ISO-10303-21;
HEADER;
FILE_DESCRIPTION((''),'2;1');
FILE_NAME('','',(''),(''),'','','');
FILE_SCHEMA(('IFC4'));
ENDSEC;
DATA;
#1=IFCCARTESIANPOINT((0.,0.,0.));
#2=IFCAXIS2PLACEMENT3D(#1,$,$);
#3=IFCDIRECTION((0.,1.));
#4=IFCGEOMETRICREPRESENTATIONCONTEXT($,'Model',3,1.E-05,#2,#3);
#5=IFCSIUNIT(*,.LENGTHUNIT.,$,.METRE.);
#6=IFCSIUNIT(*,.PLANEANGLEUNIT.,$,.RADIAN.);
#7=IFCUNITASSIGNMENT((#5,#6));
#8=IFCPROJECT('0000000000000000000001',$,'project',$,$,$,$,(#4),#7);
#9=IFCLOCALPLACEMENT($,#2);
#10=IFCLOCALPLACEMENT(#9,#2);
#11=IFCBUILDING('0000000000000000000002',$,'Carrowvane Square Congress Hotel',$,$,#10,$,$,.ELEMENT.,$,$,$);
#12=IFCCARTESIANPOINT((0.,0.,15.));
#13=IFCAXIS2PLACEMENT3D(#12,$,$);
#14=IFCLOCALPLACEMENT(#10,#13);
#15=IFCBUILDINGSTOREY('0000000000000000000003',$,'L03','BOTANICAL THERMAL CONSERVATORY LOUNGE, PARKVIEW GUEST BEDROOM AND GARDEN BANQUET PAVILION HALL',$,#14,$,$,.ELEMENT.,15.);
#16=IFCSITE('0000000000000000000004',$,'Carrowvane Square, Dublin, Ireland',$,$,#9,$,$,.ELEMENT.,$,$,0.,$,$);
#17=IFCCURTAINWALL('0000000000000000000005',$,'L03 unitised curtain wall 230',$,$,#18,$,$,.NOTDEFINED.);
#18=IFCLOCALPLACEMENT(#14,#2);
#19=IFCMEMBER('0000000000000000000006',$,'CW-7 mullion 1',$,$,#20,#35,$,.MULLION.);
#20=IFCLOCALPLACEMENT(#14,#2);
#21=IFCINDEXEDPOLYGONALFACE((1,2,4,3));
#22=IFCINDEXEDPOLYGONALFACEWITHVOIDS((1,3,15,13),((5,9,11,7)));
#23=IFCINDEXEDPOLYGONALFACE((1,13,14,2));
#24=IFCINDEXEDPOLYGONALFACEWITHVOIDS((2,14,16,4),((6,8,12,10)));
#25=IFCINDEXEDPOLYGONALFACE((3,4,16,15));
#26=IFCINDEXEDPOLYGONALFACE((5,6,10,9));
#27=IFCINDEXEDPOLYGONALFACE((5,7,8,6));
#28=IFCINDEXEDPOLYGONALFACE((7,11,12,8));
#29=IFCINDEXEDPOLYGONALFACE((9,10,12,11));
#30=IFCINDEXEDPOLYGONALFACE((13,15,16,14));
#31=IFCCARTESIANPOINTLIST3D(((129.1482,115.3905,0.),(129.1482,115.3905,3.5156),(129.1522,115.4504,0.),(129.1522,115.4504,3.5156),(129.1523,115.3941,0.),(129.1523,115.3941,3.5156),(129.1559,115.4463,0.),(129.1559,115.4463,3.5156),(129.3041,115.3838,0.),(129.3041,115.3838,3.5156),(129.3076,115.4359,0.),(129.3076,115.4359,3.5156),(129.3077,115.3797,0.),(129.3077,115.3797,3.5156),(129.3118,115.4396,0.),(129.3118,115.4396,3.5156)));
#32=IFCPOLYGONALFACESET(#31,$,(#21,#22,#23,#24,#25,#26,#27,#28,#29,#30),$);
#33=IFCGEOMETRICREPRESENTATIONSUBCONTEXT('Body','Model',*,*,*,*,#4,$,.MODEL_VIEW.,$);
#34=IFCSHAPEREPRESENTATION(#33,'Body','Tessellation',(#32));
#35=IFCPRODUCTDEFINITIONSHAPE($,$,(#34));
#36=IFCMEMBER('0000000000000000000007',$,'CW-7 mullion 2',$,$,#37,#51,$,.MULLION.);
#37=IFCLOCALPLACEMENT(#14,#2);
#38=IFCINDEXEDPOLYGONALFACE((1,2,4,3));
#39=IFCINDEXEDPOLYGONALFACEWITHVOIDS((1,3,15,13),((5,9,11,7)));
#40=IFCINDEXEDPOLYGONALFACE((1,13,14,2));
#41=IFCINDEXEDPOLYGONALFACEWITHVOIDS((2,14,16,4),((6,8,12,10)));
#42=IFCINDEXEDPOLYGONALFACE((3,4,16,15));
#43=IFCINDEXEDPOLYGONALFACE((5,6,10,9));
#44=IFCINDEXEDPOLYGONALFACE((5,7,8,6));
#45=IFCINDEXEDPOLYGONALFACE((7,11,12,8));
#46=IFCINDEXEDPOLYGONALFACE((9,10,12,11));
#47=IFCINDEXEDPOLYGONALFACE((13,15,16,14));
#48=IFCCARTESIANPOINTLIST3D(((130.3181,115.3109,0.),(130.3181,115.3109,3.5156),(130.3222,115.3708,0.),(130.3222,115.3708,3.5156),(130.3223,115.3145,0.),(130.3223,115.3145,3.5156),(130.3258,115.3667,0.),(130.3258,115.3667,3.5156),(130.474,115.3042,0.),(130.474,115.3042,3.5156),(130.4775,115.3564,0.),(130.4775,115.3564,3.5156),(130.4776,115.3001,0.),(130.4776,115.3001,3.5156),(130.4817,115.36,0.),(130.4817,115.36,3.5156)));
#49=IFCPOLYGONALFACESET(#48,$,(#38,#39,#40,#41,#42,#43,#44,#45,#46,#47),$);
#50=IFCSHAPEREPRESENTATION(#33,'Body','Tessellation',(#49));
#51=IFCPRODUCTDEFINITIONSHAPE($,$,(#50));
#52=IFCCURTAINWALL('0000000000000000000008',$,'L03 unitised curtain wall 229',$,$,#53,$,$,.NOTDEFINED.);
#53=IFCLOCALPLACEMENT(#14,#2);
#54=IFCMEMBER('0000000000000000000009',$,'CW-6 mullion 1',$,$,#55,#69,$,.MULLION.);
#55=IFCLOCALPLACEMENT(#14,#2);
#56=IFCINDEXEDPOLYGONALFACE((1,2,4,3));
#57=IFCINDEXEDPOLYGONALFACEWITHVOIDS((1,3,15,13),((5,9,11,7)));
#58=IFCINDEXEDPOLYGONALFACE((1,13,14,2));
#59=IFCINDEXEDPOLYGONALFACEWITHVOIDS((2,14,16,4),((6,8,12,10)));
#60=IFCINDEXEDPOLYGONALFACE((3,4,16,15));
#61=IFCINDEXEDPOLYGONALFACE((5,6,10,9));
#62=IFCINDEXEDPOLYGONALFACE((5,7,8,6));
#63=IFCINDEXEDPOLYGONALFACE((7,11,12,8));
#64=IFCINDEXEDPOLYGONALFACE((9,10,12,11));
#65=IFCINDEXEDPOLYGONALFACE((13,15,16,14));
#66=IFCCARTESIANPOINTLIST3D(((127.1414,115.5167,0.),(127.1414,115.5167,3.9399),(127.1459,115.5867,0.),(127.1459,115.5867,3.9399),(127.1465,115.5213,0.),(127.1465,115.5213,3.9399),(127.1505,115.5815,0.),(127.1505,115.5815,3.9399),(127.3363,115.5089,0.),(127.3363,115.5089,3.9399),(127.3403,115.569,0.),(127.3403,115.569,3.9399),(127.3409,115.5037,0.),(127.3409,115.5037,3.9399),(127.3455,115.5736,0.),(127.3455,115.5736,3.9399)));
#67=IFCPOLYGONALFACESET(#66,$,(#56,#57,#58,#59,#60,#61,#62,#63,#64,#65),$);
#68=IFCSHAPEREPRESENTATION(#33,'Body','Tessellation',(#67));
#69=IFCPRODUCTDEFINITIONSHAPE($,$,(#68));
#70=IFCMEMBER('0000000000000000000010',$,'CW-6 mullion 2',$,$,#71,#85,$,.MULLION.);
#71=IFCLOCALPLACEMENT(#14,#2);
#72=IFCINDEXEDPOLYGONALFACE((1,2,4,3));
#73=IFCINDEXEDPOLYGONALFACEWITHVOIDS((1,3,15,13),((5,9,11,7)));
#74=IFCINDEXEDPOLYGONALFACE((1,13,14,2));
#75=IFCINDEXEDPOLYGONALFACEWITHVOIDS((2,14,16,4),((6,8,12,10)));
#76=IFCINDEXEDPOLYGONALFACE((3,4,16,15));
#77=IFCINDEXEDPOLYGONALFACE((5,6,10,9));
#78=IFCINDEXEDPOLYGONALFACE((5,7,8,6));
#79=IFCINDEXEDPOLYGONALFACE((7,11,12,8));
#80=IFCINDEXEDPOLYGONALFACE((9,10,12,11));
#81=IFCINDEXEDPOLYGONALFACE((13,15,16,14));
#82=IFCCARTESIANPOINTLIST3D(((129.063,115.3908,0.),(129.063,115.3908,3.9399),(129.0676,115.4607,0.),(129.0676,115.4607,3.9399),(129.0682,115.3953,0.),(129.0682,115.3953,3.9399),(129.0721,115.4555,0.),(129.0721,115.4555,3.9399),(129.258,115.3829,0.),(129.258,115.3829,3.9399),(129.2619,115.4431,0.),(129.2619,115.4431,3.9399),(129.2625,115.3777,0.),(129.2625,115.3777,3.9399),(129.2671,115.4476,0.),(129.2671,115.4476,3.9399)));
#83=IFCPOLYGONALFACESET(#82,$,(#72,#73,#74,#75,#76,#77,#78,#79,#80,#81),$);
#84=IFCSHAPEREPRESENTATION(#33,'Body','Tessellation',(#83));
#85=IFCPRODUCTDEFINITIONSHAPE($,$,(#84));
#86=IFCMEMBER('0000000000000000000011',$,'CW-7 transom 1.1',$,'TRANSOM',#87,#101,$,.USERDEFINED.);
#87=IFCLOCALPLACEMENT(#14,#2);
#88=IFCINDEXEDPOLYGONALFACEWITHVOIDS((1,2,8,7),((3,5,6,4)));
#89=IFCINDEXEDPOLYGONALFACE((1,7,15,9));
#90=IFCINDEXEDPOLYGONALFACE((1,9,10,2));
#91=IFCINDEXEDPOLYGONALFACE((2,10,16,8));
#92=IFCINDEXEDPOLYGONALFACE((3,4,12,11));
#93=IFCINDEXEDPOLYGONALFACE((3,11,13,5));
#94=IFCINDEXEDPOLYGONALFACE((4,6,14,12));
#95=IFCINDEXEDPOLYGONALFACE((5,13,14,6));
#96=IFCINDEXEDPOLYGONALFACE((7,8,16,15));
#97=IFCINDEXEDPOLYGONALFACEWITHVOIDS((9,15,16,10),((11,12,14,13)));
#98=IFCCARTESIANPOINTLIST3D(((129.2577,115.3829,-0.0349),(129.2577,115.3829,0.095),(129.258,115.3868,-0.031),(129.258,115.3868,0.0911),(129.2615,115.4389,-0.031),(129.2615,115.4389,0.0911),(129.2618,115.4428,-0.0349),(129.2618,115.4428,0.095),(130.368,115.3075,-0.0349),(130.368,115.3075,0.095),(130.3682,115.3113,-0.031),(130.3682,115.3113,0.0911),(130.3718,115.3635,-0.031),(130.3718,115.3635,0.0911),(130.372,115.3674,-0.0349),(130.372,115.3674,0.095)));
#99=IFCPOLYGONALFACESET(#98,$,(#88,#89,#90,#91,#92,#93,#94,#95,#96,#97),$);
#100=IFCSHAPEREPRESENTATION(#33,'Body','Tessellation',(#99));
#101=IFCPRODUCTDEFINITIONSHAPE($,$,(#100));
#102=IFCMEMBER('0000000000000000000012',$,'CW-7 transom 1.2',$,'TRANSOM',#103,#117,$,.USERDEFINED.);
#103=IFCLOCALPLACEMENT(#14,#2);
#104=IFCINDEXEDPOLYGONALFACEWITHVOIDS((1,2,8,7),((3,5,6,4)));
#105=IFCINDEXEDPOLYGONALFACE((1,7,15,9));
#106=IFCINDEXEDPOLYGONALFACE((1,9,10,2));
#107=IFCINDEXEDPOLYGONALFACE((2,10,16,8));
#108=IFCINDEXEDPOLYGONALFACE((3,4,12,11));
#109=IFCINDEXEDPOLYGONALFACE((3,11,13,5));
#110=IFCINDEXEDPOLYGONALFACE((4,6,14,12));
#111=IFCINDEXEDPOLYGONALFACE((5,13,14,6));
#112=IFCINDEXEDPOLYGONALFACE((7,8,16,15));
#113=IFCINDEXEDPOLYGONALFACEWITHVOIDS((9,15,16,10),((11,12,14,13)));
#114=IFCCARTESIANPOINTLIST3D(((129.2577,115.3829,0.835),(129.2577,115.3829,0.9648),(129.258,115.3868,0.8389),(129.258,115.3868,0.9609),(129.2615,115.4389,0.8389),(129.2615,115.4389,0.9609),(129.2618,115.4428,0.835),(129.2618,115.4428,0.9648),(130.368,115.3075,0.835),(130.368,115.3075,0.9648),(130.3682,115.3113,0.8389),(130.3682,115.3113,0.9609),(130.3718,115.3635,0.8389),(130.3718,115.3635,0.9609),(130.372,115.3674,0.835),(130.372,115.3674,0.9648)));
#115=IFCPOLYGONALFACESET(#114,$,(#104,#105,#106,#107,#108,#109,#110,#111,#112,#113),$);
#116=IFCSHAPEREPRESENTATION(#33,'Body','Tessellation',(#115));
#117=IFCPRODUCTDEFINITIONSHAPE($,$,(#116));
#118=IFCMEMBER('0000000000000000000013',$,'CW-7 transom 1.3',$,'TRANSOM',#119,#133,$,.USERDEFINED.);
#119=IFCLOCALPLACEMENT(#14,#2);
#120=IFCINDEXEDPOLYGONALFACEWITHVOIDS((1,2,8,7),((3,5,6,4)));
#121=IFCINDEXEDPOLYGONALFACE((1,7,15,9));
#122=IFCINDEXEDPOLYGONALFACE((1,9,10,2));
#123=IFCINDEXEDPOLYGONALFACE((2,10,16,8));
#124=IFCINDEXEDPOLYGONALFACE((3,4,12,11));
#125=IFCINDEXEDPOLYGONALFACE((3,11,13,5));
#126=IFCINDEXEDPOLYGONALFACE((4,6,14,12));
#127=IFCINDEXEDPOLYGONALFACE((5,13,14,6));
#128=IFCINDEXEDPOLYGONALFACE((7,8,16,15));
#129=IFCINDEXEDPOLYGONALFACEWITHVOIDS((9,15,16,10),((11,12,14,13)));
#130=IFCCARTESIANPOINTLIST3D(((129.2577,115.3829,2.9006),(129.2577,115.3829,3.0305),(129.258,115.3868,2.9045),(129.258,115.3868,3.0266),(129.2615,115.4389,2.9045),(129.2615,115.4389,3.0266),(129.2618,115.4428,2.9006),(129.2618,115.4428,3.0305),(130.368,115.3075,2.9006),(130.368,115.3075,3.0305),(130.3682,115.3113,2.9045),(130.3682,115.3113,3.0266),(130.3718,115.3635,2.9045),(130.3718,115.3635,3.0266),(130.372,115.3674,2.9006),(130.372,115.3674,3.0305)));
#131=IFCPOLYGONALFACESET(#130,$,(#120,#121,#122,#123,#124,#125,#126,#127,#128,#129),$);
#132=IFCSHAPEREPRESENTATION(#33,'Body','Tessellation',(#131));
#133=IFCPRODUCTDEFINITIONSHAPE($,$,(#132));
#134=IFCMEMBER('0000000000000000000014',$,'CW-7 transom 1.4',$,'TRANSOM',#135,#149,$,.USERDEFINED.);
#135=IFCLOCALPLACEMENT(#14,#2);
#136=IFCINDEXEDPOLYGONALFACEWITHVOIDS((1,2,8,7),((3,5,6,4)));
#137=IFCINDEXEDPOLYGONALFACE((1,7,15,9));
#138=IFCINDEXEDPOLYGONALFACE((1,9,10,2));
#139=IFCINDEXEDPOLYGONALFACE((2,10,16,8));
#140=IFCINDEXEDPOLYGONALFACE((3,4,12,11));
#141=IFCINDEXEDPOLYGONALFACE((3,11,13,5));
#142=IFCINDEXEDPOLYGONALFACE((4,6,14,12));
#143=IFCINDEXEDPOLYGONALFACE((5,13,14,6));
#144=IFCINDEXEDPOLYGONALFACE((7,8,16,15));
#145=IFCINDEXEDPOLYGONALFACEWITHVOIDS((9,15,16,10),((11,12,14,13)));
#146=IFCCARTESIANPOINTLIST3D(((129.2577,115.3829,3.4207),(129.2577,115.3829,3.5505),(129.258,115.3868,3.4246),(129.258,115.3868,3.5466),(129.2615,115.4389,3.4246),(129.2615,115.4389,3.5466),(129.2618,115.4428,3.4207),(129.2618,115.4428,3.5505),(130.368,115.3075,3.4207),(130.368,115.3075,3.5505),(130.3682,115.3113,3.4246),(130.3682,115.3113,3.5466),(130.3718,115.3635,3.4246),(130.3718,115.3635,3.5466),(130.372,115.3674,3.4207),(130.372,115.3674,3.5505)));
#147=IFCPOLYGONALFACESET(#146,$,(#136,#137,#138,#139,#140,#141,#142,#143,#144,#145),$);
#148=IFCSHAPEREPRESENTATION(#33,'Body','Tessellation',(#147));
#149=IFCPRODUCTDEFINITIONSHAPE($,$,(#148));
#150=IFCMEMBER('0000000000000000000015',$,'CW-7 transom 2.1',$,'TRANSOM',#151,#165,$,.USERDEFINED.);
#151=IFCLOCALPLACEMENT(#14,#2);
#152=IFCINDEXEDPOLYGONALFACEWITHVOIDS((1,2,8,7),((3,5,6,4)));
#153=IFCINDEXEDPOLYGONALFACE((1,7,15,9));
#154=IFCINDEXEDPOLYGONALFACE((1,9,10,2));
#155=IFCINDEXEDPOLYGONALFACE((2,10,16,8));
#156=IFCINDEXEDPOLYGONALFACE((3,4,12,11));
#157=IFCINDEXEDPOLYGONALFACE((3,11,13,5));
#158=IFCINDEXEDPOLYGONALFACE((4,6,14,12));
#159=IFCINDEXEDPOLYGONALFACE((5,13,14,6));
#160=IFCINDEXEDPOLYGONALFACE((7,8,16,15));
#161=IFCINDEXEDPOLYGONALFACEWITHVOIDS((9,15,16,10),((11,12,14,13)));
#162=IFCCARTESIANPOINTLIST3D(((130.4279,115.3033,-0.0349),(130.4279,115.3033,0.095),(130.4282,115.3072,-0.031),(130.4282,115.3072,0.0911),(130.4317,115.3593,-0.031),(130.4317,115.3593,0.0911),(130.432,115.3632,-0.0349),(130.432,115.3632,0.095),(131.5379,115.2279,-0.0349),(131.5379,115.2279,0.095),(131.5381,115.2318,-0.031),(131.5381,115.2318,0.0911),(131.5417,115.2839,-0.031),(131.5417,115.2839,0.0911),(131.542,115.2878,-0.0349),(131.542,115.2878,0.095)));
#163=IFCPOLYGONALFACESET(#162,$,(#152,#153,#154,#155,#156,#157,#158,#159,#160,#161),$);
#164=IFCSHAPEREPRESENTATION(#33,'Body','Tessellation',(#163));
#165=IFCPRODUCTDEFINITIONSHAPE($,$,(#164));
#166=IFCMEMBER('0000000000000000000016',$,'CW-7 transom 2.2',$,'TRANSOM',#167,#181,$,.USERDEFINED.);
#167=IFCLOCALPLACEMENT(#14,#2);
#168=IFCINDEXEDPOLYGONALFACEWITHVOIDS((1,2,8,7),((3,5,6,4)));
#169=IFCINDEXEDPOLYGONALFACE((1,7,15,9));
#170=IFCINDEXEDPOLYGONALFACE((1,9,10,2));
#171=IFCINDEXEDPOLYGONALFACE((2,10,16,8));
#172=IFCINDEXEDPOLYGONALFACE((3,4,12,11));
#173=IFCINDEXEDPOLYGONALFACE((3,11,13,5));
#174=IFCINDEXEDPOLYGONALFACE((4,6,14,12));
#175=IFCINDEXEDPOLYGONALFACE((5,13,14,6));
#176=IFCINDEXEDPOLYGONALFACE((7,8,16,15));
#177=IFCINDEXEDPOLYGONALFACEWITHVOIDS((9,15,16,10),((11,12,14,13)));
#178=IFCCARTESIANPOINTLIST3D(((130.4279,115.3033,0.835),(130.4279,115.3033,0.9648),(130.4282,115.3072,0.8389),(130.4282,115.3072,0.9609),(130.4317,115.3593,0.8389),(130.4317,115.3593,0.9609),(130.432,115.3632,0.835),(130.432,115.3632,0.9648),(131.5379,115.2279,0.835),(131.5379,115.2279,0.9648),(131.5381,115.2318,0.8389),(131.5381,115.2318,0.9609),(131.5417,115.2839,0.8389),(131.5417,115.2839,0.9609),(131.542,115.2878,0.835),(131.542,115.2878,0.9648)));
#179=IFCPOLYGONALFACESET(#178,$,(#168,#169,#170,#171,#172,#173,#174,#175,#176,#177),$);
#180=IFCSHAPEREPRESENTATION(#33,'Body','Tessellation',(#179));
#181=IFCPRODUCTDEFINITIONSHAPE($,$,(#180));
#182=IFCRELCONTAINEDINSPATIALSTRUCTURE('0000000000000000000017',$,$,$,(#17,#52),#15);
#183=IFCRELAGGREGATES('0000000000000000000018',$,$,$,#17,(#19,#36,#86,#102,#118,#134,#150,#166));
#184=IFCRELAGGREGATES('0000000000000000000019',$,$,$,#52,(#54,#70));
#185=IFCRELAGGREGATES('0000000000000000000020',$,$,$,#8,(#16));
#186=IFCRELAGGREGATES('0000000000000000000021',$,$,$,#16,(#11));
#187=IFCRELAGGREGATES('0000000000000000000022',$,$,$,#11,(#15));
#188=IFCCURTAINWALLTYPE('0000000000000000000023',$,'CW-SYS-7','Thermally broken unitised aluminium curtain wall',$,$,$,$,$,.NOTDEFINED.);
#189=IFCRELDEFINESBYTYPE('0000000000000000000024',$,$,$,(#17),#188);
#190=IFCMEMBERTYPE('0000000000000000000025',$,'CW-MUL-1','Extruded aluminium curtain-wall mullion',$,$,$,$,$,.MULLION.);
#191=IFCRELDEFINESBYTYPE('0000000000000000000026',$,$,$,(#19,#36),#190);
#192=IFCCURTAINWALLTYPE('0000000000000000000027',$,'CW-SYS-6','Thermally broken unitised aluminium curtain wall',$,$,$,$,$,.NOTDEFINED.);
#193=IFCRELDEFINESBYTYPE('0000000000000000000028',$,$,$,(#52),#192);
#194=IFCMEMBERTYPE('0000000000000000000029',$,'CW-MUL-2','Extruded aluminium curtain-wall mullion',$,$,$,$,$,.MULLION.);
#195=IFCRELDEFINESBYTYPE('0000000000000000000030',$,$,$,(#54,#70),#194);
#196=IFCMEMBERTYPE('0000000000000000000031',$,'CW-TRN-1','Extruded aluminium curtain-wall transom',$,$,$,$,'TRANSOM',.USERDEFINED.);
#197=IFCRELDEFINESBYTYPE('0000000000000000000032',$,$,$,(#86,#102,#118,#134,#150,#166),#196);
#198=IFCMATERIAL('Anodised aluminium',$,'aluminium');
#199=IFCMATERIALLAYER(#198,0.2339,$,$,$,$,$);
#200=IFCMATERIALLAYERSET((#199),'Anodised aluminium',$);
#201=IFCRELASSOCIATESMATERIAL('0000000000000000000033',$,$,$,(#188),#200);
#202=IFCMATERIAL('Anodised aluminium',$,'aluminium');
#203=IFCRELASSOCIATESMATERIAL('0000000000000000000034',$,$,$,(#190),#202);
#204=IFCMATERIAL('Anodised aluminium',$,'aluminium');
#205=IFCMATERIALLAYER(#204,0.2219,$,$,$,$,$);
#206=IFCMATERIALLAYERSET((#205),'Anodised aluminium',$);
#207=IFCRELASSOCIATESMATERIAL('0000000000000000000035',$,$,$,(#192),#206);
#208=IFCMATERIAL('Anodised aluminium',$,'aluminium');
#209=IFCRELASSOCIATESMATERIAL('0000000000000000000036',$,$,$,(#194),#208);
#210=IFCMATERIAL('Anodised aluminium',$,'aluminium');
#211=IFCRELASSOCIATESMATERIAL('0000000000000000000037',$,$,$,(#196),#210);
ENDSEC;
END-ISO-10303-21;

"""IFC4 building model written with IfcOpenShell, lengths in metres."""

from ifc_helpers import new_model, si_unit, direction, frame, origin, origin_2d, place, context, subcontext, project, spatial, hollow_rectangle, extrude, material, layer, layer_set, material_profile, profile_set, type_object, element, aggregate, save


model = new_model("IFC4")

# Units and contexts
model_context = context("Model", 3, precision=1e-05, world=origin(), true_north=direction((0.0, 1.0)))
body_context = subcontext(model_context, "Body", "Model", "MODEL_VIEW")
ifc_project = project(units=[si_unit("LENGTHUNIT", "METRE"), si_unit("PLANEANGLEUNIT", "RADIAN")], contexts=[model_context])

# Site, building, storey
site_placement = place(None, origin())
site = spatial("IfcSite", under=ifc_project, at=site_placement, Name="Carrowvane Square, Dublin, Ireland", CompositionType="ELEMENT", RefElevation=0.0)
building_placement = place(site_placement, origin())
building = spatial("IfcBuilding", under=site, at=building_placement, Name="Carrowvane Square Congress Hotel", CompositionType="ELEMENT")
storey_placement = place(building_placement, frame((0.0, 0.0, 15.0)))
storey = spatial("IfcBuildingStorey", under=building, at=storey_placement, Name="L03", Description="BOTANICAL THERMAL CONSERVATORY LOUNGE, PARKVIEW GUEST BEDROOM AND GARDEN BANQUET PAVILION HALL", CompositionType="ELEMENT", Elevation=15.0)

# Curtain walls, members
ifc_material_1 = material(Name="Anodised aluminium", Category="aluminium")
ifc_layer_1 = layer(ifc_material_1, 0.2339)
ifc_layer_set_1 = layer_set([ifc_layer_1], Name="Anodised aluminium")
curtain_wall_type_1 = type_object("IfcCurtainWallType", Name="CW-SYS-7", Description="Thermally broken unitised aluminium curtain wall", PredefinedType="NOTDEFINED", material=ifc_layer_set_1)
curtain_wall_1_placement = place(storey_placement, origin())
curtain_wall_1 = element("IfcCurtainWall", 1, at=curtain_wall_1_placement, inside=storey, type_object=curtain_wall_type_1, Name="L03 unitised curtain wall 230", PredefinedType="NOTDEFINED")
ifc_material_2 = material(Name="Anodised aluminium", Category="aluminium")
ifc_material_profile_1 = material_profile(ifc_material_2, hollow_rectangle(XDim=0.0601, YDim=0.1599, WallThickness=0.0039, at=origin_2d()), Name="CW-ML 60x160x4")
ifc_profile_set_1 = profile_set([ifc_material_profile_1], Name="Anodised aluminium")
member_type_1 = type_object("IfcMemberType", Name="CW-MUL-1", Description="Extruded aluminium curtain-wall mullion", PredefinedType="MULLION", material=ifc_profile_set_1)
member_1_placement = place(storey_placement, frame((129.23, 115.415, 0.0), z_axis=(0.0, 0.0, 1.0), x_axis=(0.06787, 0.997694, 0.0)))
member_1 = element("IfcMember", 2, at=member_1_placement, type_object=member_type_1, Name="CW-7 mullion 1", PredefinedType="MULLION", context=body_context, shape_type="SweptSolid", body=[
    extrude(hollow_rectangle(XDim=0.0601, YDim=0.1599, WallThickness=0.0039, at=origin_2d()), origin(), (0.0, 0.0, 1.0), 3.5156),
])
member_2_placement = place(storey_placement, frame((130.3999, 115.3354, 0.0), z_axis=(0.0, 0.0, 1.0), x_axis=(0.06787, 0.997694, 0.0)))
member_2 = element("IfcMember", 3, at=member_2_placement, type_object=member_type_1, Name="CW-7 mullion 2", PredefinedType="MULLION", context=body_context, shape_type="SweptSolid", body=[
    extrude(hollow_rectangle(XDim=0.0601, YDim=0.1599, WallThickness=0.0039, at=origin_2d()), origin(), (0.0, 0.0, 1.0), 3.5156),
])
ifc_material_3 = material(Name="Anodised aluminium", Category="aluminium")
ifc_layer_2 = layer(ifc_material_3, 0.2219)
ifc_layer_set_2 = layer_set([ifc_layer_2], Name="Anodised aluminium")
curtain_wall_type_2 = type_object("IfcCurtainWallType", Name="CW-SYS-6", Description="Thermally broken unitised aluminium curtain wall", PredefinedType="NOTDEFINED", material=ifc_layer_set_2)
curtain_wall_2_placement = place(storey_placement, origin())
curtain_wall_2 = element("IfcCurtainWall", 4, at=curtain_wall_2_placement, inside=storey, type_object=curtain_wall_type_2, Name="L03 unitised curtain wall 229", PredefinedType="NOTDEFINED")
ifc_material_4 = material(Name="Anodised aluminium", Category="aluminium")
ifc_material_profile_2 = material_profile(ifc_material_4, hollow_rectangle(XDim=0.0701, YDim=0.2, WallThickness=0.0049, at=origin_2d()), Name="CW-ML 70x200x5")
ifc_profile_set_2 = profile_set([ifc_material_profile_2], Name="Anodised aluminium")
member_type_2 = type_object("IfcMemberType", Name="CW-MUL-2", Description="Extruded aluminium curtain-wall mullion", PredefinedType="MULLION", material=ifc_profile_set_2)
member_3_placement = place(storey_placement, frame((127.2434, 115.5452, 0.0), z_axis=(0.0, 0.0, 1.0), x_axis=(0.065414, 0.997858, 0.0)))
member_3 = element("IfcMember", 5, at=member_3_placement, type_object=member_type_2, Name="CW-6 mullion 1", PredefinedType="MULLION", context=body_context, shape_type="SweptSolid", body=[
    extrude(hollow_rectangle(XDim=0.0701, YDim=0.2, WallThickness=0.0049, at=origin_2d()), origin(), (0.0, 0.0, 1.0), 3.9399),
])
member_4_placement = place(storey_placement, frame((129.165, 115.4192, 0.0), z_axis=(0.0, 0.0, 1.0), x_axis=(0.065414, 0.997858, 0.0)))
member_4 = element("IfcMember", 6, at=member_4_placement, type_object=member_type_2, Name="CW-6 mullion 2", PredefinedType="MULLION", context=body_context, shape_type="SweptSolid", body=[
    extrude(hollow_rectangle(XDim=0.0701, YDim=0.2, WallThickness=0.0049, at=origin_2d()), origin(), (0.0, 0.0, 1.0), 3.9399),
])

# Members
ifc_material_5 = material(Name="Anodised aluminium", Category="aluminium")
ifc_material_profile_3 = material_profile(ifc_material_5, hollow_rectangle(XDim=0.0601, YDim=0.1299, WallThickness=0.0039, at=origin_2d()), Name="CW-TR 60x130x4")
ifc_profile_set_3 = profile_set([ifc_material_profile_3], Name="Anodised aluminium")
member_type_3 = type_object("IfcMemberType", Name="CW-TRN-1", Description="Extruded aluminium curtain-wall transom", ElementType="TRANSOM", PredefinedType="USERDEFINED", material=ifc_profile_set_3)
member_5_placement = place(storey_placement, frame((129.2598, 115.4128, 0.03), z_axis=(0.9977, -0.067786, 0.0), x_axis=(0.067786, 0.9977, 0.0)))
member_5 = element("IfcMember", 7, at=member_5_placement, type_object=member_type_3, Name="CW-7 transom 1.1", ObjectType="TRANSOM", PredefinedType="USERDEFINED", context=body_context, shape_type="SweptSolid", body=[
    extrude(hollow_rectangle(XDim=0.0601, YDim=0.1299, WallThickness=0.0039, at=origin_2d()), origin(), (0.0, 0.0, 1.0), 1.1128),
])
member_6_placement = place(storey_placement, frame((129.2598, 115.4128, 0.8999), z_axis=(0.9977, -0.067786, 0.0), x_axis=(0.067786, 0.9977, 0.0)))
member_6 = element("IfcMember", 8, at=member_6_placement, type_object=member_type_3, Name="CW-7 transom 1.2", ObjectType="TRANSOM", PredefinedType="USERDEFINED", context=body_context, shape_type="SweptSolid", body=[
    extrude(hollow_rectangle(XDim=0.0601, YDim=0.1299, WallThickness=0.0039, at=origin_2d()), origin(), (0.0, 0.0, 1.0), 1.1128),
])
member_7_placement = place(storey_placement, frame((129.2598, 115.4128, 2.9656), z_axis=(0.9977, -0.067786, 0.0), x_axis=(0.067786, 0.9977, 0.0)))
member_7 = element("IfcMember", 9, at=member_7_placement, type_object=member_type_3, Name="CW-7 transom 1.3", ObjectType="TRANSOM", PredefinedType="USERDEFINED", context=body_context, shape_type="SweptSolid", body=[
    extrude(hollow_rectangle(XDim=0.0601, YDim=0.1299, WallThickness=0.0039, at=origin_2d()), origin(), (0.0, 0.0, 1.0), 1.1128),
])
member_8_placement = place(storey_placement, frame((129.2598, 115.4128, 3.4856), z_axis=(0.9977, -0.067786, 0.0), x_axis=(0.067786, 0.9977, 0.0)))
member_8 = element("IfcMember", 10, at=member_8_placement, type_object=member_type_3, Name="CW-7 transom 1.4", ObjectType="TRANSOM", PredefinedType="USERDEFINED", context=body_context, shape_type="SweptSolid", body=[
    extrude(hollow_rectangle(XDim=0.0601, YDim=0.1299, WallThickness=0.0039, at=origin_2d()), origin(), (0.0, 0.0, 1.0), 1.1128),
])
member_9_placement = place(storey_placement, frame((130.4299, 115.3333, 0.03), z_axis=(0.997699, -0.067801, 0.0), x_axis=(0.067801, 0.997699, 0.0)))
member_9 = element("IfcMember", 11, at=member_9_placement, type_object=member_type_3, Name="CW-7 transom 2.1", ObjectType="TRANSOM", PredefinedType="USERDEFINED", context=body_context, shape_type="SweptSolid", body=[
    extrude(hollow_rectangle(XDim=0.0601, YDim=0.1299, WallThickness=0.0039, at=origin_2d()), origin(), (0.0, 0.0, 1.0), 1.1125),
])
member_10_placement = place(storey_placement, frame((130.4299, 115.3333, 0.8999), z_axis=(0.997699, -0.067801, 0.0), x_axis=(0.067801, 0.997699, 0.0)))
member_10 = element("IfcMember", 12, at=member_10_placement, type_object=member_type_3, Name="CW-7 transom 2.2", ObjectType="TRANSOM", PredefinedType="USERDEFINED", context=body_context, shape_type="SweptSolid", body=[
    extrude(hollow_rectangle(XDim=0.0601, YDim=0.1299, WallThickness=0.0039, at=origin_2d()), origin(), (0.0, 0.0, 1.0), 1.1125),
])

aggregate(curtain_wall_1, [member_1, member_2, member_5, member_6, member_7, member_8, member_9, member_10])
aggregate(curtain_wall_2, [member_3, member_4])

save(model, "model.ifc")
